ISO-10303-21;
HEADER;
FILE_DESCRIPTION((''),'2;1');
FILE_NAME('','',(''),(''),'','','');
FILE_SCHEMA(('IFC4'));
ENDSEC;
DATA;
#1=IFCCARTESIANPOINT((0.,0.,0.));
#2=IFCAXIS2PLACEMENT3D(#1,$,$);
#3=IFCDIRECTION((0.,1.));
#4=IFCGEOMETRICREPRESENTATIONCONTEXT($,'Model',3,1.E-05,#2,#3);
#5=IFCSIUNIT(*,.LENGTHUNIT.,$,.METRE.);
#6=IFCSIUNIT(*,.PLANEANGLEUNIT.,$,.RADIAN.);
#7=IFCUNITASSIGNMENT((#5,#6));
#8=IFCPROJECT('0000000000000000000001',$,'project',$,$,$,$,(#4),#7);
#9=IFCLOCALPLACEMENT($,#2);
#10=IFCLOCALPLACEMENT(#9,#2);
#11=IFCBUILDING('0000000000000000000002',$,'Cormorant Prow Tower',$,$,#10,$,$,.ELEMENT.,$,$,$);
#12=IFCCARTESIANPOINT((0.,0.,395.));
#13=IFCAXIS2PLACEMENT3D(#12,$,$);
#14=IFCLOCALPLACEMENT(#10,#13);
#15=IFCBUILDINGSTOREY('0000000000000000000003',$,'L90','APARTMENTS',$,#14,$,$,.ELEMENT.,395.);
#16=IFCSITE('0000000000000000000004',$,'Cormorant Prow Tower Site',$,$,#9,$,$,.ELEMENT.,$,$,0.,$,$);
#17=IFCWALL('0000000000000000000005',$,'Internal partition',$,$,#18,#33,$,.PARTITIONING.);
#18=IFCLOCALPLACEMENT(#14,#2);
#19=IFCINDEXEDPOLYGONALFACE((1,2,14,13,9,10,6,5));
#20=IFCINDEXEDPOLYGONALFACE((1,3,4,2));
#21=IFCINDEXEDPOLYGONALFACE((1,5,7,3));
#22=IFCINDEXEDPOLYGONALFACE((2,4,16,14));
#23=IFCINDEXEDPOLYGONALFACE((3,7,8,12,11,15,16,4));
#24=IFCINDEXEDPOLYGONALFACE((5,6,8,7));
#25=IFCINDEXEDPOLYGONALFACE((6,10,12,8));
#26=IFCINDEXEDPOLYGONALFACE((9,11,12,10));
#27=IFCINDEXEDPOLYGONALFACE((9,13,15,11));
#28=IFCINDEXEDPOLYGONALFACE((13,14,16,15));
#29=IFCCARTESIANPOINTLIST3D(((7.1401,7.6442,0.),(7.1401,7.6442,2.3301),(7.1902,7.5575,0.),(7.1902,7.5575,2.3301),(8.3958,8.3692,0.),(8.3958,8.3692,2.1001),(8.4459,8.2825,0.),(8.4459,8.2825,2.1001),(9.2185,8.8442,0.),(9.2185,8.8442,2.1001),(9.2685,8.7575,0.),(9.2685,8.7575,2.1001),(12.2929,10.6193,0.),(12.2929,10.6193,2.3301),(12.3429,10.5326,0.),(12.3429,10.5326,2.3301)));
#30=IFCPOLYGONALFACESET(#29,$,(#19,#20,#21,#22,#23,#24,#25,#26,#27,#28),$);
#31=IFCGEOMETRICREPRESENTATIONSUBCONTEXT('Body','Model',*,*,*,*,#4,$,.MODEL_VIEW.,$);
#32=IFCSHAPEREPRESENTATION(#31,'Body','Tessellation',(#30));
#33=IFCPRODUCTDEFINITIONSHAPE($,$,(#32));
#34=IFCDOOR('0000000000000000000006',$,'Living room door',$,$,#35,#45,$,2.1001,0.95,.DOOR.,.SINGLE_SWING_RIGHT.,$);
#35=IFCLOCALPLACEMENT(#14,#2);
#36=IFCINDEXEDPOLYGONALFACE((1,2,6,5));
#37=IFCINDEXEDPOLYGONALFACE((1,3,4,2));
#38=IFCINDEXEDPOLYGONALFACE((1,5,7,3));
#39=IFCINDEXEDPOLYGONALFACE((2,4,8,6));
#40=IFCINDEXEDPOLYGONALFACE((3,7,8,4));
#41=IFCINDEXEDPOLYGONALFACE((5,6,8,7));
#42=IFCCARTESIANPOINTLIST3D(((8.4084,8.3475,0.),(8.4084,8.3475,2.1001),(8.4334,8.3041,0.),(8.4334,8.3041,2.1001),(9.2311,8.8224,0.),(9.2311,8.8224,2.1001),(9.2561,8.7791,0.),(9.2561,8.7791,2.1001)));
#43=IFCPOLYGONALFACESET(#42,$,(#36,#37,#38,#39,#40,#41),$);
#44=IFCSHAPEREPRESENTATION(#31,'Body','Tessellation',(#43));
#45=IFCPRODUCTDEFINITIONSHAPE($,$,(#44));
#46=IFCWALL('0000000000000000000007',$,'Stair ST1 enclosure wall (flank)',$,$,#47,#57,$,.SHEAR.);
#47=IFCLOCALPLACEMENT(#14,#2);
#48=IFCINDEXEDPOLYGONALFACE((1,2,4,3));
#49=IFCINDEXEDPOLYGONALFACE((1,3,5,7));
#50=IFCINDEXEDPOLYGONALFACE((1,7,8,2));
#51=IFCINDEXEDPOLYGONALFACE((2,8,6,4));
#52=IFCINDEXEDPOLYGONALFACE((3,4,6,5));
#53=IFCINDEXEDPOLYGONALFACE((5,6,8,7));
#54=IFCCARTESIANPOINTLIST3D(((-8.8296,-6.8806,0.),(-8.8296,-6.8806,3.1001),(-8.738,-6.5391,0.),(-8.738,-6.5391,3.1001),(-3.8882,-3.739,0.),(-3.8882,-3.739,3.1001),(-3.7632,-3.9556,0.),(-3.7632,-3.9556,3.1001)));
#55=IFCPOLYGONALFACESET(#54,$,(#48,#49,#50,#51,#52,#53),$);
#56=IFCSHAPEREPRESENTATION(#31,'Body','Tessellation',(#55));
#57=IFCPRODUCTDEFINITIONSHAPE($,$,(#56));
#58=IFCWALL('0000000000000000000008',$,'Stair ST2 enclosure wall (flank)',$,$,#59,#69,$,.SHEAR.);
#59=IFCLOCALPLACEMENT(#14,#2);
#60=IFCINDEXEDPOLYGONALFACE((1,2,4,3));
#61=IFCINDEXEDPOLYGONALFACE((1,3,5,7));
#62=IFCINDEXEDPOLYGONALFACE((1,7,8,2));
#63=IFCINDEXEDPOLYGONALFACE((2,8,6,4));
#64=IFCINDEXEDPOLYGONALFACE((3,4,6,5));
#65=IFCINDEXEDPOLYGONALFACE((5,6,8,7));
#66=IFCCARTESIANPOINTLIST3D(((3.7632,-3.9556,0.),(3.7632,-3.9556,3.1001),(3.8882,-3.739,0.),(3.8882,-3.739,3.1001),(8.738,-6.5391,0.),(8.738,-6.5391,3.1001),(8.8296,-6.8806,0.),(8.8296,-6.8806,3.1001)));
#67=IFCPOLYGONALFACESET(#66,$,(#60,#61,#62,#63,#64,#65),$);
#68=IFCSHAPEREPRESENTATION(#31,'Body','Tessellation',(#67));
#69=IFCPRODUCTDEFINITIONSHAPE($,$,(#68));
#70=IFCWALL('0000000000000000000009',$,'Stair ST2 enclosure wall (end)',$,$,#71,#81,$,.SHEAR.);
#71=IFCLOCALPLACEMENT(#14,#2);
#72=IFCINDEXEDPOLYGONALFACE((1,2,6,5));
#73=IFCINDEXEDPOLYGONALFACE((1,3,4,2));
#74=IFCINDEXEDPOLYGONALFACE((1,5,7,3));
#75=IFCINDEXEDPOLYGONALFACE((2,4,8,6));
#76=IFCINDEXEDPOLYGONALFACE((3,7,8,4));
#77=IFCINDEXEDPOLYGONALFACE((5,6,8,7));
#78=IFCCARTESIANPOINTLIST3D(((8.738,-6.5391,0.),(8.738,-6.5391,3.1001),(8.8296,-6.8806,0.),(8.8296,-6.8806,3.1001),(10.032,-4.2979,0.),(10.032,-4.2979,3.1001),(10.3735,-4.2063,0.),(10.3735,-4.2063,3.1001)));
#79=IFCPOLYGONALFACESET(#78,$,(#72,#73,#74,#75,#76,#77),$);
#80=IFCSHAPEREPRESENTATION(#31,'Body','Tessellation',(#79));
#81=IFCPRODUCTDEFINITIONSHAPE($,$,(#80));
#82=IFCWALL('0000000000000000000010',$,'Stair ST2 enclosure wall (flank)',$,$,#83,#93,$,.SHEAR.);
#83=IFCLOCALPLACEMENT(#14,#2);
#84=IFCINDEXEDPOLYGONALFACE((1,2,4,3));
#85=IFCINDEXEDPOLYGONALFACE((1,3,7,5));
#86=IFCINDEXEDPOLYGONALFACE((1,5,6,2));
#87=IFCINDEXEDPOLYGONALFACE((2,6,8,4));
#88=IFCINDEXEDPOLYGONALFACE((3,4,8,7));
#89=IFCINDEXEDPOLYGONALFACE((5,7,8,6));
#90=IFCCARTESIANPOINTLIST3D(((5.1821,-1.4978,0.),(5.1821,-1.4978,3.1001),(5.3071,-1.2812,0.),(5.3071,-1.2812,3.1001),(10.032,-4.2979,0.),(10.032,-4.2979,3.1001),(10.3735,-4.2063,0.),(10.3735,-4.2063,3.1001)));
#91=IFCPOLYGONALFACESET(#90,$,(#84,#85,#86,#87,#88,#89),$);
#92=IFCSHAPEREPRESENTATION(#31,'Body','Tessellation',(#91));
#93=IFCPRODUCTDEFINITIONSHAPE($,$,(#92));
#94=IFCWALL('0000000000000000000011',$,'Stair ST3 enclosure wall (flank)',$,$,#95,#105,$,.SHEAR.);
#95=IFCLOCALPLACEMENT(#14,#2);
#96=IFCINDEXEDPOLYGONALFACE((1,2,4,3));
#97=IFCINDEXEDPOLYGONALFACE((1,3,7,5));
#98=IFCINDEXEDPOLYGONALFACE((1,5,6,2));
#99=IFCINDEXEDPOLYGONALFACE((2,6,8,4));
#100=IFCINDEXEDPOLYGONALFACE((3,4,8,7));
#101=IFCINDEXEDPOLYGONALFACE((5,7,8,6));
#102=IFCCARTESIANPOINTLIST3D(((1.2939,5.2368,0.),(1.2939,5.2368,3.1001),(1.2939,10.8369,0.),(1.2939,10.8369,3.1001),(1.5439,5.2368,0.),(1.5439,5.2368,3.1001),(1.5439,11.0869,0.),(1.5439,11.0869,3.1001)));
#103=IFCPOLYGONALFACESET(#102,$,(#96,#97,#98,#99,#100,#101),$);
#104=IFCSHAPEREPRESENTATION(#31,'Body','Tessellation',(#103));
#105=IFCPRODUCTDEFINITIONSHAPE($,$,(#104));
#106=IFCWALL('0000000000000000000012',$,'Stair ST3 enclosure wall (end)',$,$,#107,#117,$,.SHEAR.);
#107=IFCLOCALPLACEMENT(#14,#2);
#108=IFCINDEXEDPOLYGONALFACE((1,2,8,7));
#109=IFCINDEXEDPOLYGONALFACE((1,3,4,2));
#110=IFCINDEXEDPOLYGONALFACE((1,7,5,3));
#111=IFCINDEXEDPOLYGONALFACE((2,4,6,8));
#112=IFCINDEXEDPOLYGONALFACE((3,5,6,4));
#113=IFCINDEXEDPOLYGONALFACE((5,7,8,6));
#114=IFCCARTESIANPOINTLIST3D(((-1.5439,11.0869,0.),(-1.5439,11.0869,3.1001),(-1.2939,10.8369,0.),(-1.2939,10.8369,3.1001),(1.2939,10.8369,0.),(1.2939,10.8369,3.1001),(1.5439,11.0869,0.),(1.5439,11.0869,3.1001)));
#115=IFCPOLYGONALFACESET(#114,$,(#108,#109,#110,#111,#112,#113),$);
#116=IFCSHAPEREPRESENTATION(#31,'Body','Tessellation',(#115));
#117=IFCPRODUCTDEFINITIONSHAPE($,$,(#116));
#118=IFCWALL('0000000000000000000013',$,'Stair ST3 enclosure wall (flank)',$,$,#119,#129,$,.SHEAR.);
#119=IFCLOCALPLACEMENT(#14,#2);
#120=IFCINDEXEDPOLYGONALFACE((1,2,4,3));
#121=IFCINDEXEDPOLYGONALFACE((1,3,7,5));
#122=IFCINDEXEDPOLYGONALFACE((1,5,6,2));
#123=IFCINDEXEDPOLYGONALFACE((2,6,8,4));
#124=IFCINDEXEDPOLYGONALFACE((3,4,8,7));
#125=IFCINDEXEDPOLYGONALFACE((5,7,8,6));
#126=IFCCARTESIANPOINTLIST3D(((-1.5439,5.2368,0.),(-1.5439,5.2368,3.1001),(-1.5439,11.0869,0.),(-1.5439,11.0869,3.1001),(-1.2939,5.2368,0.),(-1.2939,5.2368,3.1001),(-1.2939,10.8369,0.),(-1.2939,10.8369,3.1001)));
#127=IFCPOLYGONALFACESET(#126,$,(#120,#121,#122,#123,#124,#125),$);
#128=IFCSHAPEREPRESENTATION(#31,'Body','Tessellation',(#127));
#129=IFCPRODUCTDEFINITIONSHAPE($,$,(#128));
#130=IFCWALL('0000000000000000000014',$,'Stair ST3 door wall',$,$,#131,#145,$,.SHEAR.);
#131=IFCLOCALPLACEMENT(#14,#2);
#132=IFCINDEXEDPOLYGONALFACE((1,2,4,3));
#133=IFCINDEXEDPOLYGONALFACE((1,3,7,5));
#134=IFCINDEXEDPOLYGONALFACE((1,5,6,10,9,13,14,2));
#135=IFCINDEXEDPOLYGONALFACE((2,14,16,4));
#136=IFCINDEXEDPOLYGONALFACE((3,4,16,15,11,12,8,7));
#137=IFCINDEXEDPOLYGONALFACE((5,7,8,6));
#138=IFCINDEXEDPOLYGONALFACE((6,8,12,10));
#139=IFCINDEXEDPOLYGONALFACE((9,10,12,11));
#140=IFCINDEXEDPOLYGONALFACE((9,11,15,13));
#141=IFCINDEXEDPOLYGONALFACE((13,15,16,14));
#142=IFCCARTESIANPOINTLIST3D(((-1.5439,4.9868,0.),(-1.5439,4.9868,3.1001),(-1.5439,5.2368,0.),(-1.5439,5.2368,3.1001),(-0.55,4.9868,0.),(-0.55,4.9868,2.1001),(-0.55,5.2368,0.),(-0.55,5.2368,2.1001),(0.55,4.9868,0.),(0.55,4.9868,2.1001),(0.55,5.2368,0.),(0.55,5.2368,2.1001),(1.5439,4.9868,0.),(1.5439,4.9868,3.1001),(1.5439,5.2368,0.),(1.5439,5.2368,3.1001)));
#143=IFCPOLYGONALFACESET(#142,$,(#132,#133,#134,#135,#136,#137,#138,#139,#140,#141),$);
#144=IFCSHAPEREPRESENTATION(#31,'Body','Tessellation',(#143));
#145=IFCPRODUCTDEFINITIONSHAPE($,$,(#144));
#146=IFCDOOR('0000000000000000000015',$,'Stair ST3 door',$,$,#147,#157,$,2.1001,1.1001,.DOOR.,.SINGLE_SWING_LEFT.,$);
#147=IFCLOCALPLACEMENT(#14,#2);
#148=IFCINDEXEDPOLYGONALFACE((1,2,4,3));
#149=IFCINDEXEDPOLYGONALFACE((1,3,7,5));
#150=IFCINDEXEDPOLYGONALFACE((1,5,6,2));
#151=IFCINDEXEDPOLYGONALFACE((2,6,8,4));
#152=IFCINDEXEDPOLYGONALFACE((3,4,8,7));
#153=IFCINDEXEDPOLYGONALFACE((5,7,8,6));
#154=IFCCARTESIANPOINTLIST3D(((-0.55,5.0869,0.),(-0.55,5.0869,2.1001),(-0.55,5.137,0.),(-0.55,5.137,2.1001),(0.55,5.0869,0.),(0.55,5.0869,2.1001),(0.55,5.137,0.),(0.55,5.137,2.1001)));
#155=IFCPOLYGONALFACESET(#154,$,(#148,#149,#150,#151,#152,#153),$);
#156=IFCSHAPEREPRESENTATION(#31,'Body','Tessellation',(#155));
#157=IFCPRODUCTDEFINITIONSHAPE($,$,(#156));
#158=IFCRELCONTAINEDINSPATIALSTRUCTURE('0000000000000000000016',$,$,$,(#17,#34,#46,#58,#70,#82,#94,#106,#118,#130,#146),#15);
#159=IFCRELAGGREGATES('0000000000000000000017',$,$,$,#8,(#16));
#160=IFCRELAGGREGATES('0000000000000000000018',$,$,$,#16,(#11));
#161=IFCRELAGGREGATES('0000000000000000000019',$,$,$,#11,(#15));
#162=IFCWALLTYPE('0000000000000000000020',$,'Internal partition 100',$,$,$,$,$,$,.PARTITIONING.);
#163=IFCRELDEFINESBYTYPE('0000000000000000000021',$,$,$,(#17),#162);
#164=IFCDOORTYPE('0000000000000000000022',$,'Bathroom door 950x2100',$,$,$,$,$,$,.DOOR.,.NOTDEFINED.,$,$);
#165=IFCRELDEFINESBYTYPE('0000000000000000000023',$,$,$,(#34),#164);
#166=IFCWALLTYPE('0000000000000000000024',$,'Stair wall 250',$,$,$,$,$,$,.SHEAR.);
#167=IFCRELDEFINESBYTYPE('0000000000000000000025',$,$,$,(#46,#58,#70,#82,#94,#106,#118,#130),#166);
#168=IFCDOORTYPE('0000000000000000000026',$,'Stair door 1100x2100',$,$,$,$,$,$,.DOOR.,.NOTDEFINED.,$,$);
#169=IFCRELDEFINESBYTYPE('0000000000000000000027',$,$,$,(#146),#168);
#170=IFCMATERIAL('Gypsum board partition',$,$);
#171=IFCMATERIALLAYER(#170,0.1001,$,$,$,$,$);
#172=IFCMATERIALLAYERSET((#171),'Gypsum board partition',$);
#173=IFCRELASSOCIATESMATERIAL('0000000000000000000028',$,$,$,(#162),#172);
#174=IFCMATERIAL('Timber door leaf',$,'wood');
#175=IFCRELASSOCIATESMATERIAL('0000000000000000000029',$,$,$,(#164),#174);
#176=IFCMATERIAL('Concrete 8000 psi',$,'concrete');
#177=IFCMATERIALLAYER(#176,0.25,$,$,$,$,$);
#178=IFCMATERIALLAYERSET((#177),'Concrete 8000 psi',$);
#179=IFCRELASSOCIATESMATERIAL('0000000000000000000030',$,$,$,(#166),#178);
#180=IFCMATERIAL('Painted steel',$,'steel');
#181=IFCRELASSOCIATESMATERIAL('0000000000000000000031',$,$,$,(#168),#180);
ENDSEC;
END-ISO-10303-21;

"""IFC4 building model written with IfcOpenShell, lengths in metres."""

from ifc_helpers import new_model, si_unit, direction, frame, frame_2d, origin, place, context, subcontext, project, spatial, polyline, rectangle, outline, extrude, material, layer, layer_set, type_object, element, fill, save


model = new_model("IFC4")

# Units and contexts
model_context = context("Model", 3, precision=1e-05, world=origin(), true_north=direction((0.0, 1.0)))
body_context = subcontext(model_context, "Body", "Model", "MODEL_VIEW")
ifc_project = project(units=[si_unit("LENGTHUNIT", "METRE"), si_unit("PLANEANGLEUNIT", "RADIAN")], contexts=[model_context])

# Site, building, storey
site_placement = place(None, origin())
site = spatial("IfcSite", under=ifc_project, at=site_placement, Name="Cormorant Prow Tower Site", CompositionType="ELEMENT", RefElevation=0.0)
building_placement = place(site_placement, origin())
building = spatial("IfcBuilding", under=site, at=building_placement, Name="Cormorant Prow Tower", CompositionType="ELEMENT")
storey_placement = place(building_placement, frame((0.0, 0.0, 395.0)))
storey = spatial("IfcBuildingStorey", under=building, at=storey_placement, Name="L90", Description="APARTMENTS", CompositionType="ELEMENT", Elevation=395.0)

# Wall, opening, door
ifc_material_1 = material(Name="Gypsum board partition")
ifc_layer_1 = layer(ifc_material_1, 0.1001)
ifc_layer_set_1 = layer_set([ifc_layer_1], Name="Gypsum board partition")
wall_type_1 = type_object("IfcWallType", Name="Internal partition 100", PredefinedType="PARTITIONING", material=ifc_layer_set_1)
wall_1_placement = place(storey_placement, frame((7.165, 7.6008, 0.0), z_axis=(0.0, 0.0, 1.0), x_axis=(0.866017, 0.500014, 0.0)))
wall_1 = element("IfcWall", 1, at=wall_1_placement, inside=storey, type_object=wall_type_1, Name="Internal partition", PredefinedType="PARTITIONING", context=body_context, shape_type="SweptSolid", body=[
    extrude(rectangle(XDim=5.95, YDim=0.1001, at=frame_2d((2.9751, 0.0))), origin(), (0.0, 0.0, 1.0), 2.3301),
])
opening_1_placement = place(wall_1_placement, frame((1.45, 0.0, 0.0)))
opening_1 = element("IfcOpeningElement", 2, at=opening_1_placement, cuts=wall_1, PredefinedType="OPENING", context=body_context, shape_type="SweptSolid", body=[
    extrude(rectangle(XDim=0.95, YDim=2.1001, at=frame_2d((0.4751, 1.05))), frame((0.0, 0.0601, 0.0), z_axis=(0.0, -1.0, 0.0), x_axis=(1.0, 0.0, 0.0)), (0.0, 0.0, 1.0), 0.1201),
])
ifc_material_2 = material(Name="Timber door leaf", Category="wood")
door_type_1 = type_object("IfcDoorType", Name="Bathroom door 950x2100", OperationType="NOTDEFINED", PredefinedType="DOOR", material=ifc_material_2)
door_1_placement = place(opening_1_placement, origin())
door_1 = element("IfcDoor", 3, at=door_1_placement, inside=storey, type_object=door_type_1, Name="Living room door", OperationType="SINGLE_SWING_RIGHT", OverallHeight=2.1001, OverallWidth=0.95, PredefinedType="DOOR", context=body_context, shape_type="SweptSolid", body=[
    extrude(rectangle(XDim=0.95, YDim=2.1001, at=frame_2d((0.4751, 1.05))), frame((0.0, 0.0249, 0.0), z_axis=(0.0, -1.0, 0.0), x_axis=(1.0, 0.0, 0.0)), (0.0, 0.0, 1.0), 0.05),
])
fill(opening_1, door_1)

# Walls
ifc_material_3 = material(Name="Concrete 8000 psi", Category="concrete")
ifc_layer_2 = layer(ifc_material_3, 0.25)
ifc_layer_set_2 = layer_set([ifc_layer_2], Name="Concrete 8000 psi")
wall_type_2 = type_object("IfcWallType", Name="Stair wall 250", PredefinedType="SHEAR", material=ifc_layer_set_2)
wall_2_placement = place(storey_placement, origin())
element("IfcWall", 4, at=wall_2_placement, inside=storey, type_object=wall_type_2, Name="Stair ST1 enclosure wall (flank)", PredefinedType="SHEAR", context=body_context, shape_type="SweptSolid", body=[
    extrude(outline(polyline([(-8.738, -6.5391), (-8.8296, -6.8806), (-3.7632, -3.9556), (-3.8882, -3.739), (-8.738, -6.5391)])), origin(), (0.0, 0.0, 1.0), 3.1001),
])
wall_3_placement = place(storey_placement, origin())
element("IfcWall", 5, at=wall_3_placement, inside=storey, type_object=wall_type_2, Name="Stair ST2 enclosure wall (flank)", PredefinedType="SHEAR", context=body_context, shape_type="SweptSolid", body=[
    extrude(outline(polyline([(3.7632, -3.9556), (8.8296, -6.8806), (8.738, -6.5391), (3.8882, -3.739), (3.7632, -3.9556)])), origin(), (0.0, 0.0, 1.0), 3.1001),
])
wall_4_placement = place(storey_placement, origin())
element("IfcWall", 6, at=wall_4_placement, inside=storey, type_object=wall_type_2, Name="Stair ST2 enclosure wall (end)", PredefinedType="SHEAR", context=body_context, shape_type="SweptSolid", body=[
    extrude(outline(polyline([(8.8296, -6.8806), (10.3735, -4.2063), (10.032, -4.2979), (8.738, -6.5391), (8.8296, -6.8806)])), origin(), (0.0, 0.0, 1.0), 3.1001),
])
wall_5_placement = place(storey_placement, origin())
element("IfcWall", 7, at=wall_5_placement, inside=storey, type_object=wall_type_2, Name="Stair ST2 enclosure wall (flank)", PredefinedType="SHEAR", context=body_context, shape_type="SweptSolid", body=[
    extrude(outline(polyline([(10.032, -4.2979), (10.3735, -4.2063), (5.3071, -1.2812), (5.1821, -1.4978), (10.032, -4.2979)])), origin(), (0.0, 0.0, 1.0), 3.1001),
])
wall_6_placement = place(storey_placement, origin())
element("IfcWall", 8, at=wall_6_placement, inside=storey, type_object=wall_type_2, Name="Stair ST3 enclosure wall (flank)", PredefinedType="SHEAR", context=body_context, shape_type="SweptSolid", body=[
    extrude(outline(polyline([(1.5439, 5.2368), (1.5439, 11.0869), (1.2939, 10.8369), (1.2939, 5.2368), (1.5439, 5.2368)])), origin(), (0.0, 0.0, 1.0), 3.1001),
])
wall_7_placement = place(storey_placement, origin())
element("IfcWall", 9, at=wall_7_placement, inside=storey, type_object=wall_type_2, Name="Stair ST3 enclosure wall (end)", PredefinedType="SHEAR", context=body_context, shape_type="SweptSolid", body=[
    extrude(outline(polyline([(1.5439, 11.0869), (-1.5439, 11.0869), (-1.2939, 10.8369), (1.2939, 10.8369), (1.5439, 11.0869)])), origin(), (0.0, 0.0, 1.0), 3.1001),
])
wall_8_placement = place(storey_placement, origin())
element("IfcWall", 10, at=wall_8_placement, inside=storey, type_object=wall_type_2, Name="Stair ST3 enclosure wall (flank)", PredefinedType="SHEAR", context=body_context, shape_type="SweptSolid", body=[
    extrude(outline(polyline([(-1.2939, 10.8369), (-1.5439, 11.0869), (-1.5439, 5.2368), (-1.2939, 5.2368), (-1.2939, 10.8369)])), origin(), (0.0, 0.0, 1.0), 3.1001),
])

# Wall, opening, door
wall_9_placement = place(storey_placement, frame((1.5439, 5.1118, 0.0), z_axis=(0.0, 0.0, 1.0), x_axis=(-1.0, 0.0, 0.0)))
wall_9 = element("IfcWall", 11, at=wall_9_placement, inside=storey, type_object=wall_type_2, Name="Stair ST3 door wall", PredefinedType="SHEAR", context=body_context, shape_type="SweptSolid", body=[
    extrude(rectangle(XDim=3.0879, YDim=0.25, at=frame_2d((1.5439, 0.0))), origin(), (0.0, 0.0, 1.0), 3.1001),
])
opening_2_placement = place(wall_9_placement, frame((0.9939, 0.0, 0.0)))
opening_2 = element("IfcOpeningElement", 12, at=opening_2_placement, cuts=wall_9, PredefinedType="OPENING", context=body_context, shape_type="SweptSolid", body=[
    extrude(rectangle(XDim=1.1001, YDim=2.1001, at=frame_2d((0.55, 1.05))), frame((0.0, 0.135, 0.0), z_axis=(0.0, -1.0, 0.0), x_axis=(1.0, 0.0, 0.0)), (0.0, 0.0, 1.0), 0.27),
])
ifc_material_4 = material(Name="Painted steel", Category="steel")
door_type_2 = type_object("IfcDoorType", Name="Stair door 1100x2100", OperationType="NOTDEFINED", PredefinedType="DOOR", material=ifc_material_4)
door_2_placement = place(opening_2_placement, origin())
door_2 = element("IfcDoor", 13, at=door_2_placement, inside=storey, type_object=door_type_2, Name="Stair ST3 door", OperationType="SINGLE_SWING_LEFT", OverallHeight=2.1001, OverallWidth=1.1001, PredefinedType="DOOR", context=body_context, shape_type="SweptSolid", body=[
    extrude(rectangle(XDim=1.1001, YDim=2.1001, at=frame_2d((0.55, 1.05))), frame((0.0, 0.0249, 0.0), z_axis=(0.0, -1.0, 0.0), x_axis=(1.0, 0.0, 0.0)), (0.0, 0.0, 1.0), 0.05),
])
fill(opening_2, door_2)

save(model, "model.ifc")
